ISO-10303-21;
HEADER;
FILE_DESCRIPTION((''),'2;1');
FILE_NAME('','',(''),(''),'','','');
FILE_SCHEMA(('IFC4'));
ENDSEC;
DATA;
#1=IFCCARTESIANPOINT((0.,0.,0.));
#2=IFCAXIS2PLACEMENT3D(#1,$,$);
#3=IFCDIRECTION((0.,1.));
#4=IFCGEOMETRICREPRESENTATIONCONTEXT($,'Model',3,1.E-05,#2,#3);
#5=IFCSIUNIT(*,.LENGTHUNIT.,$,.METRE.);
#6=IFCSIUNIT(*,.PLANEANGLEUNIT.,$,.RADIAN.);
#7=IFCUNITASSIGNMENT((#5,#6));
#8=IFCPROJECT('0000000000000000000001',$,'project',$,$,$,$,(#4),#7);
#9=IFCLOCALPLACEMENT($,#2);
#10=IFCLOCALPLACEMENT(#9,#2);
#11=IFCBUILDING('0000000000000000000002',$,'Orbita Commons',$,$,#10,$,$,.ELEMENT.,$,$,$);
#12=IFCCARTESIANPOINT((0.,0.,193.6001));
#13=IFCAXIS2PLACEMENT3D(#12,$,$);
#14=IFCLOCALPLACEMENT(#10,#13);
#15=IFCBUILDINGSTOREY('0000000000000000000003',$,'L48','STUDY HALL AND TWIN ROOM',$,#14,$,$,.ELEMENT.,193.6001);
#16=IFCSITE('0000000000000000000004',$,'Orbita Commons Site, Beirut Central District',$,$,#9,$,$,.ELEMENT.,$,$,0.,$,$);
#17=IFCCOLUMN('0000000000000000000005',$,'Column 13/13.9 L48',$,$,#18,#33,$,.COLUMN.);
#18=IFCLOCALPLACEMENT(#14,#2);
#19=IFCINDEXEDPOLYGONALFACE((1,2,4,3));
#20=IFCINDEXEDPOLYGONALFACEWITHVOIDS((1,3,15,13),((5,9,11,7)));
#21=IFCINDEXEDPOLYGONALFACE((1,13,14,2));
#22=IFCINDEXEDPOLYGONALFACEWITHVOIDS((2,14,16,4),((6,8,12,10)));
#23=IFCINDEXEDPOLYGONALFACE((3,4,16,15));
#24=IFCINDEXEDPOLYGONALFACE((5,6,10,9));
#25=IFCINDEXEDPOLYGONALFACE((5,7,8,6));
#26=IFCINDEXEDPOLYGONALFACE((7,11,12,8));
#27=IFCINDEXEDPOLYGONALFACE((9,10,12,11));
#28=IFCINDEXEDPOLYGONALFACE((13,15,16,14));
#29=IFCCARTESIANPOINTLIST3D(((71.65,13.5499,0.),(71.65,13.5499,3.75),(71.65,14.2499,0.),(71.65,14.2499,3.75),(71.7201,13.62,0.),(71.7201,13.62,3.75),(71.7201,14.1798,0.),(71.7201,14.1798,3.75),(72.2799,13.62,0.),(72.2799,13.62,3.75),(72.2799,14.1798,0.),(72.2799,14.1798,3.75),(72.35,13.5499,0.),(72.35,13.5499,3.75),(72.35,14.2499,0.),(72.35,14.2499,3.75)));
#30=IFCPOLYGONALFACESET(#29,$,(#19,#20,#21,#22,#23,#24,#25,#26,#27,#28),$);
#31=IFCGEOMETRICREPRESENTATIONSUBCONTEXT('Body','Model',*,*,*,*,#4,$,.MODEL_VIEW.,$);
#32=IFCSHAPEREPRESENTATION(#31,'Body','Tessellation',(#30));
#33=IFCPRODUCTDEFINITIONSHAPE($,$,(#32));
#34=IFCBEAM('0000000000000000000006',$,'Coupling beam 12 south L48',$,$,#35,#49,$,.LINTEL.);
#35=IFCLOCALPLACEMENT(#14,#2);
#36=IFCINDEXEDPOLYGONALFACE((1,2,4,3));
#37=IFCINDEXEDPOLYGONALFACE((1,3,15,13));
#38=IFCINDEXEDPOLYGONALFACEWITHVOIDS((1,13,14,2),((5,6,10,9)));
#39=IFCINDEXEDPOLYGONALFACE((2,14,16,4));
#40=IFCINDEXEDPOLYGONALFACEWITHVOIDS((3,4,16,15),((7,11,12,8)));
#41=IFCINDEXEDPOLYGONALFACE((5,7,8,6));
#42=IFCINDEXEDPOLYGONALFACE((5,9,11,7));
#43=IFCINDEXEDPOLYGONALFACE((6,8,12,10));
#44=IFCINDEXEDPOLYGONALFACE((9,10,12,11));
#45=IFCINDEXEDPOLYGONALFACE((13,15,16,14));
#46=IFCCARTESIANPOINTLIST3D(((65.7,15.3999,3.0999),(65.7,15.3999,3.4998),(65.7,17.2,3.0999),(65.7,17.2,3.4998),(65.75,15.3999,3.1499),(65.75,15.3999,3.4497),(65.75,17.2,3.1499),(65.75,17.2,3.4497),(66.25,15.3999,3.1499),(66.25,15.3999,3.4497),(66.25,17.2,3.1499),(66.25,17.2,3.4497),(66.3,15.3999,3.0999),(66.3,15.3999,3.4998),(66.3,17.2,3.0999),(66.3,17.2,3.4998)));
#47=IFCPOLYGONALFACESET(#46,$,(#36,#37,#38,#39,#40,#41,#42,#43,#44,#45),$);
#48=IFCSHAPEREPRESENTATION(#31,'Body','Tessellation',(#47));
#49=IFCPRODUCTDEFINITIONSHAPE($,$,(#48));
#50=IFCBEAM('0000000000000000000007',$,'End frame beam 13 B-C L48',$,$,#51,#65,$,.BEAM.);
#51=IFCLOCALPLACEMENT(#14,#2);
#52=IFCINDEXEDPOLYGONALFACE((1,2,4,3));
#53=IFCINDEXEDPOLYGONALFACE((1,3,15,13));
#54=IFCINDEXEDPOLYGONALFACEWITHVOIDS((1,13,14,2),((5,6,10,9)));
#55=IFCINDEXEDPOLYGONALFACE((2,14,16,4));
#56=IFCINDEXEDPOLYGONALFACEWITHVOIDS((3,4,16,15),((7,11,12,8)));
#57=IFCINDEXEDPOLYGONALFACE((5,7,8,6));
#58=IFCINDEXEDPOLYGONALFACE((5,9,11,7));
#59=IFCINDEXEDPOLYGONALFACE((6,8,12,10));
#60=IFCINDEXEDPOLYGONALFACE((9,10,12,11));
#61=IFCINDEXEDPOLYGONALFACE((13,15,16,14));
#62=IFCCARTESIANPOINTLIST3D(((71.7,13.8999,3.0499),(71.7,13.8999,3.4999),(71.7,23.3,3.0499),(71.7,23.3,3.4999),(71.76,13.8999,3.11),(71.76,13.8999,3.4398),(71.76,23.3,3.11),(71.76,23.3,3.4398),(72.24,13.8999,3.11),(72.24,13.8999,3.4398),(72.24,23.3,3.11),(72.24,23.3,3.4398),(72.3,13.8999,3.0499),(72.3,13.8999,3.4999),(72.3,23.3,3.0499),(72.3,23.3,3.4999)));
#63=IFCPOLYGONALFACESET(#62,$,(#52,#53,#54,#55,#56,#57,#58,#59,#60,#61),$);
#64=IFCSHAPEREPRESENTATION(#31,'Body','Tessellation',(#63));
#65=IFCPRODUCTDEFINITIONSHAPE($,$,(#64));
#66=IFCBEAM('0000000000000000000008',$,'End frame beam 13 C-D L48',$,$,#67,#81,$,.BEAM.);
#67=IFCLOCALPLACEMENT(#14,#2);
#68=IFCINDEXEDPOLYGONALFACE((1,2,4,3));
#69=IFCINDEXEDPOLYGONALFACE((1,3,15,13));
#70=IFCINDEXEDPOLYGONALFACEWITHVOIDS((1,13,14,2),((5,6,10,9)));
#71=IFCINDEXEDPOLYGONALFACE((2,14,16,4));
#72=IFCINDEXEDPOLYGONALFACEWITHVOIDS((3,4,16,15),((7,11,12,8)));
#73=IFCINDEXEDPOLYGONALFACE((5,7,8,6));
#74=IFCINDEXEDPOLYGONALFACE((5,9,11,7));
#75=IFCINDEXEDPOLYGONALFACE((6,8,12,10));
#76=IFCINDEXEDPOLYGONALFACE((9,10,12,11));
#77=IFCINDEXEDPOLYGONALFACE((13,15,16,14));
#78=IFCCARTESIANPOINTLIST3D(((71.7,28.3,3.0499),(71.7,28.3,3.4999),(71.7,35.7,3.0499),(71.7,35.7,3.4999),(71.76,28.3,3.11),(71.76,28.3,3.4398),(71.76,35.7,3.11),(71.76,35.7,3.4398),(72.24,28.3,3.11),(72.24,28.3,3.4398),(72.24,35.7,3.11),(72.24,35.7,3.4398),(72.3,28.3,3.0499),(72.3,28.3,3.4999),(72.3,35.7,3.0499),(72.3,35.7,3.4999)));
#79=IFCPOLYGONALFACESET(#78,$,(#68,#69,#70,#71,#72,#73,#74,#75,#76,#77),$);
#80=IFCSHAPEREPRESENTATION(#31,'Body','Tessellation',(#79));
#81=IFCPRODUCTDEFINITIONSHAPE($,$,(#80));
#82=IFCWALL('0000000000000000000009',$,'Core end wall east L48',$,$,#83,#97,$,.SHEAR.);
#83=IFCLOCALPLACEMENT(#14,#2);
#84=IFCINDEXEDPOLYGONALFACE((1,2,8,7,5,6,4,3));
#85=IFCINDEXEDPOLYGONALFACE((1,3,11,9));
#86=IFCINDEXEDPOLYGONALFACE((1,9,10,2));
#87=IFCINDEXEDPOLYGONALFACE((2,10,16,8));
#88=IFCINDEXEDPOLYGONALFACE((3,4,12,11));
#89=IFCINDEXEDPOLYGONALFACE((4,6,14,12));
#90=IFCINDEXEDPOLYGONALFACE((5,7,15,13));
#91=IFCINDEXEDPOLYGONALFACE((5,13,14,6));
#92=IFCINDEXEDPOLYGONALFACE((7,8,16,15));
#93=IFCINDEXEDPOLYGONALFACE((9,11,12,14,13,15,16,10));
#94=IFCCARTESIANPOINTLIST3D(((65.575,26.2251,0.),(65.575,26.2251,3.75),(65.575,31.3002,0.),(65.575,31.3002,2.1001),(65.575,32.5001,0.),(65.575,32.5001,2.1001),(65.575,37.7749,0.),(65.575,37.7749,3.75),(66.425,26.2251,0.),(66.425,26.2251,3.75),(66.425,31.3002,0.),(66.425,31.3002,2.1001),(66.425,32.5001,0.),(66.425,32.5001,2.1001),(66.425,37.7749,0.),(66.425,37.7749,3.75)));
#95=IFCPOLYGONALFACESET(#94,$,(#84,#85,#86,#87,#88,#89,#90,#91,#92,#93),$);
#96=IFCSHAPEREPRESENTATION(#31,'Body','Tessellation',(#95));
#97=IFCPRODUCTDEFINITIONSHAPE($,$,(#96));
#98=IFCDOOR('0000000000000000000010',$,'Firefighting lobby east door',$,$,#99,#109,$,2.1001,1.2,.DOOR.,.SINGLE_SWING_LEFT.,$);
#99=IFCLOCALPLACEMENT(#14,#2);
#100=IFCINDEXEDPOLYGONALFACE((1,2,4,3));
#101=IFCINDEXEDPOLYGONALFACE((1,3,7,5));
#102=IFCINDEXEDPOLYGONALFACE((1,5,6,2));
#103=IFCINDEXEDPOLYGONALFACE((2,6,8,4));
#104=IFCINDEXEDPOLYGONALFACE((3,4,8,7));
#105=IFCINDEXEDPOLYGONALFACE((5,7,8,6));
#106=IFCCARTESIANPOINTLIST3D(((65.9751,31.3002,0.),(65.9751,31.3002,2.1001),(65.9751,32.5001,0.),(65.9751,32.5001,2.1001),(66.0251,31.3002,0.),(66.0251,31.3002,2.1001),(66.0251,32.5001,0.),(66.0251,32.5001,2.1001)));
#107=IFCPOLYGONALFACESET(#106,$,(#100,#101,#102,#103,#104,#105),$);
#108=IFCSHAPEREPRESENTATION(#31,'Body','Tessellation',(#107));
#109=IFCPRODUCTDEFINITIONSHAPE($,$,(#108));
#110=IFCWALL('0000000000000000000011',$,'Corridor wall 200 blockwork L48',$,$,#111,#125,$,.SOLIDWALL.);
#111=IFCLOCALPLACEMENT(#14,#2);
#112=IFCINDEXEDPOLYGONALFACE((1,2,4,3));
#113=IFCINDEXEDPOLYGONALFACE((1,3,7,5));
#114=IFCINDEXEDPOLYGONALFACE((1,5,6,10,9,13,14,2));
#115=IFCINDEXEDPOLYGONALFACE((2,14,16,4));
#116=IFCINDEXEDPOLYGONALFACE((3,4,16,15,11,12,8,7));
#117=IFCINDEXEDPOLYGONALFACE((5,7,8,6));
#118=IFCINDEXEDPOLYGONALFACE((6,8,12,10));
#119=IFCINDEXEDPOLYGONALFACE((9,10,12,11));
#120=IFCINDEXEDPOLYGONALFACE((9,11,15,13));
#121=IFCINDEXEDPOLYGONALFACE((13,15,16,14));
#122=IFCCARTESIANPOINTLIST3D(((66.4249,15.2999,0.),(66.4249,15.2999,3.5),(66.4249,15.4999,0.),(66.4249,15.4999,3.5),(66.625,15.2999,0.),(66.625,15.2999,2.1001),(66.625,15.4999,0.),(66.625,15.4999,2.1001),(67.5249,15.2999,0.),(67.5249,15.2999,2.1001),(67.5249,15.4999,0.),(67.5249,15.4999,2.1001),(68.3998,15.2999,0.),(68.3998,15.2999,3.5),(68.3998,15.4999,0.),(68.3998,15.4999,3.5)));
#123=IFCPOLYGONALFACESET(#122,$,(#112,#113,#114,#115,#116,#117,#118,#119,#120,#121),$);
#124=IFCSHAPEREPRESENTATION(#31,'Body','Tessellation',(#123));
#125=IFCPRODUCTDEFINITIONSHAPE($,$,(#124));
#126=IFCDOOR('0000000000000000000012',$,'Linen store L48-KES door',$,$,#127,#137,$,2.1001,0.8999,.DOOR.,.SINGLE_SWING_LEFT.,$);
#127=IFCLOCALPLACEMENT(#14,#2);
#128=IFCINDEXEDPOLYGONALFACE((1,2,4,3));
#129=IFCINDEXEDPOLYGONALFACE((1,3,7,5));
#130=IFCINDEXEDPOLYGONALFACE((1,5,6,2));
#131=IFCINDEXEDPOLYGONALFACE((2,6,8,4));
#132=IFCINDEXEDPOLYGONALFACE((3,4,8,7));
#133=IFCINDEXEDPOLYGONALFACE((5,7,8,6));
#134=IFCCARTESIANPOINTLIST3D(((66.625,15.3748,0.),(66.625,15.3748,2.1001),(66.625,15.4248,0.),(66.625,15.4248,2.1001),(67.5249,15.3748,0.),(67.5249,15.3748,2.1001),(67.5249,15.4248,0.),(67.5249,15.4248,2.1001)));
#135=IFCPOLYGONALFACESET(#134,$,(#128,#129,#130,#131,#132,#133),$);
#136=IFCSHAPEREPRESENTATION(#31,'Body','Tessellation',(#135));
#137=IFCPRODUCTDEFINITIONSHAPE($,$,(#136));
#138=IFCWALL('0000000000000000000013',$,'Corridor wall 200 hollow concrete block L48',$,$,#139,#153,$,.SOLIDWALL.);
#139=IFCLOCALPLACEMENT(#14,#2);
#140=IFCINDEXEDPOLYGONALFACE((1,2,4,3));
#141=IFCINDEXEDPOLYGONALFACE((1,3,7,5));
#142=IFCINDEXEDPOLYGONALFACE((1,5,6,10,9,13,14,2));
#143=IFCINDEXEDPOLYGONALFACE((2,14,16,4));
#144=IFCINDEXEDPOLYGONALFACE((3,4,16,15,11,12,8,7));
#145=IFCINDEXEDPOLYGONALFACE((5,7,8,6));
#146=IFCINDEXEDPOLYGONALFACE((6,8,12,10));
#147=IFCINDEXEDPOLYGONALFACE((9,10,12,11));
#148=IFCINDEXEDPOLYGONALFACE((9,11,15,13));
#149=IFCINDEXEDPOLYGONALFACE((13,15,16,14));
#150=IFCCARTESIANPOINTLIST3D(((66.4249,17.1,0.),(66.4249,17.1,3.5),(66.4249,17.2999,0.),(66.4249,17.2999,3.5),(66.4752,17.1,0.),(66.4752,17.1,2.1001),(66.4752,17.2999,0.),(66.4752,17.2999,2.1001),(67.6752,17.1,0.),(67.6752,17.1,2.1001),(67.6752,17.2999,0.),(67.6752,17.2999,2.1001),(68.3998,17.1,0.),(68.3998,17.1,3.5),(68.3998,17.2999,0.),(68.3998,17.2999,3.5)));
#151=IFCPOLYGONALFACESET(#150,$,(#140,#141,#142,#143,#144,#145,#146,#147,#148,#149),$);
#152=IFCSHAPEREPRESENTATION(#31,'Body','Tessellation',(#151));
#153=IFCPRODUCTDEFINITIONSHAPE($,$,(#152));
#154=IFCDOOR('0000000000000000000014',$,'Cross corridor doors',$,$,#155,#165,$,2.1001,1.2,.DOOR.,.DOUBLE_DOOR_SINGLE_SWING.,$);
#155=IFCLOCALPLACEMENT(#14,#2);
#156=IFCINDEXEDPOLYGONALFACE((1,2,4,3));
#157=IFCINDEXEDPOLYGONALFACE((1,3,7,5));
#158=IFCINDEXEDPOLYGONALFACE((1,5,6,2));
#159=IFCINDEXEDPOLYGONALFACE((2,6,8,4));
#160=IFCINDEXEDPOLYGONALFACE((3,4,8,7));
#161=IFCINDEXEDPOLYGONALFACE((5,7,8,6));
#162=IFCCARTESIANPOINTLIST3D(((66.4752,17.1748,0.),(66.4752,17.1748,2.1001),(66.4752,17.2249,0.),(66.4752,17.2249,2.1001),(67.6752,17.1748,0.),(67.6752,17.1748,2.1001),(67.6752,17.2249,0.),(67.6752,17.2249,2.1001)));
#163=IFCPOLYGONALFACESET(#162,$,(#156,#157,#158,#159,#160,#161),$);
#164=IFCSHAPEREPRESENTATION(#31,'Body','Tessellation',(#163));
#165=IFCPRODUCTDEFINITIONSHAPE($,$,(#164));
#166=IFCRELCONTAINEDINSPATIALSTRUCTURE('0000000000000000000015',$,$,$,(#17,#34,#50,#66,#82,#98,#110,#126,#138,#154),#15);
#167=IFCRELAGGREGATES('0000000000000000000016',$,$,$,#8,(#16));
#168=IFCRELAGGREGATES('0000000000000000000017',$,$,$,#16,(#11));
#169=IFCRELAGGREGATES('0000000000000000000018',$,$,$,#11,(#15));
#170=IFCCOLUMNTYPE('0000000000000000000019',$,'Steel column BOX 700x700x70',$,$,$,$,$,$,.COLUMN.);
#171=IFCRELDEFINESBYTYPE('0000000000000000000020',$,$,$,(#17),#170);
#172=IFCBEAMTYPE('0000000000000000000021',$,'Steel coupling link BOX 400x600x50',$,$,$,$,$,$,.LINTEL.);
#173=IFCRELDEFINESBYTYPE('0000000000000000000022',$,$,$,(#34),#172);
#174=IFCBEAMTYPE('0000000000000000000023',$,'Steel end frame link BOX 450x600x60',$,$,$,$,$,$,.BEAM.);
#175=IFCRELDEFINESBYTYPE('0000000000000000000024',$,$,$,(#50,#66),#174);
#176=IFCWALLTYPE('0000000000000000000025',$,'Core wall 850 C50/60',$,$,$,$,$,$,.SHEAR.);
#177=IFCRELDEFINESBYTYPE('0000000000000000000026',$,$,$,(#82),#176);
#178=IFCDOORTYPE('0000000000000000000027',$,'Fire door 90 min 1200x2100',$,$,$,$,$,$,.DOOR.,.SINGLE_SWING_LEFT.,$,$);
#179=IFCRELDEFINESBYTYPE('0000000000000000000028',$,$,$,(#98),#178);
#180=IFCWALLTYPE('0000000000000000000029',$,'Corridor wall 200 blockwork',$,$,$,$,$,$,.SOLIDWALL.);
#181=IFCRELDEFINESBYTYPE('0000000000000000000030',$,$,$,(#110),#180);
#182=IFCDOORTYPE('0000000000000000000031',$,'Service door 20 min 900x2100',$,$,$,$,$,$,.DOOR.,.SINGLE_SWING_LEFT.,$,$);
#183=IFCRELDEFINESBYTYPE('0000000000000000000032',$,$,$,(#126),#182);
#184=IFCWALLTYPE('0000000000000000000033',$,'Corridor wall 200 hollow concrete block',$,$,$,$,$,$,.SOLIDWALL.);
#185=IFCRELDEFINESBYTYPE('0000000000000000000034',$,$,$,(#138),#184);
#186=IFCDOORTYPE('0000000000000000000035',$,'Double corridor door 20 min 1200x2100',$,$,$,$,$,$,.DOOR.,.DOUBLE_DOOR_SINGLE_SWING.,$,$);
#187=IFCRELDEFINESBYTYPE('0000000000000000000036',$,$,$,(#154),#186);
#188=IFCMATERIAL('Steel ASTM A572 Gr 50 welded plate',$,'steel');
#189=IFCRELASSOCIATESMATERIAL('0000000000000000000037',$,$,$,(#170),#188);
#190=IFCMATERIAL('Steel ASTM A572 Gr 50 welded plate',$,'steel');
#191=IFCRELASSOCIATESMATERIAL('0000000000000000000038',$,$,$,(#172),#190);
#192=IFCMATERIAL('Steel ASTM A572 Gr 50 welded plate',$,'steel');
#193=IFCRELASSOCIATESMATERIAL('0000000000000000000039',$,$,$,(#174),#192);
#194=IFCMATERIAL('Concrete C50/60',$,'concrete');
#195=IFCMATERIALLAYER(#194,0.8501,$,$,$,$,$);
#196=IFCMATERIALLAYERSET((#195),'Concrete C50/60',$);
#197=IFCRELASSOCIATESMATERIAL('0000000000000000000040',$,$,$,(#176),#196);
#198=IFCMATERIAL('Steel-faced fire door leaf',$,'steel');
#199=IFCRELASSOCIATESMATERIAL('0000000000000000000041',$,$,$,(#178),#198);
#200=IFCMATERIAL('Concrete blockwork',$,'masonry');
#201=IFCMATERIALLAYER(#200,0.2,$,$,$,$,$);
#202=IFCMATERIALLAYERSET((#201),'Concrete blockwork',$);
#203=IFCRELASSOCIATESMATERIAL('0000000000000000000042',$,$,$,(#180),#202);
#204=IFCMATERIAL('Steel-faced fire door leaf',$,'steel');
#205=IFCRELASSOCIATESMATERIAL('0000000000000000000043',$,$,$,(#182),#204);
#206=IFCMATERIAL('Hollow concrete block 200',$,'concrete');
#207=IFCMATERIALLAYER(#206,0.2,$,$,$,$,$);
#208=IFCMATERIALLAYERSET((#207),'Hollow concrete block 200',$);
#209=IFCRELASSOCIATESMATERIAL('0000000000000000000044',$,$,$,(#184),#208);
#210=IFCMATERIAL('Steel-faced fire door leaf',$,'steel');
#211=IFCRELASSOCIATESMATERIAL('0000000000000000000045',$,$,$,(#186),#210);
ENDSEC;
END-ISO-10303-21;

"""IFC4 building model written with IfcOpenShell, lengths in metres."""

from ifc_helpers import new_model, si_unit, direction, frame, frame_2d, origin, origin_2d, place, context, subcontext, project, spatial, rectangle, hollow_rectangle, extrude, material, layer, layer_set, material_profile, profile_set, type_object, element, fill, save


model = new_model("IFC4")

# Units and contexts
model_context = context("Model", 3, precision=1e-05, world=origin(), true_north=direction((0.0, 1.0)))
body_context = subcontext(model_context, "Body", "Model", "MODEL_VIEW")
ifc_project = project(units=[si_unit("LENGTHUNIT", "METRE"), si_unit("PLANEANGLEUNIT", "RADIAN")], contexts=[model_context])

# Site, building, storey
site_placement = place(None, origin())
site = spatial("IfcSite", under=ifc_project, at=site_placement, Name="Orbita Commons Site, Beirut Central District", CompositionType="ELEMENT", RefElevation=0.0)
building_placement = place(site_placement, origin())
building = spatial("IfcBuilding", under=site, at=building_placement, Name="Orbita Commons", CompositionType="ELEMENT")
storey_placement = place(building_placement, frame((0.0, 0.0, 193.6001)))
storey = spatial("IfcBuildingStorey", under=building, at=storey_placement, Name="L48", Description="STUDY HALL AND TWIN ROOM", CompositionType="ELEMENT", Elevation=193.6001)

# Column
ifc_material_1 = material(Name="Steel ASTM A572 Gr 50 welded plate", Category="steel")
ifc_material_profile_1 = material_profile(ifc_material_1, hollow_rectangle(XDim=0.7, YDim=0.7, WallThickness=0.0701, at=origin_2d()), Name="BOX 700x700x70")
ifc_profile_set_1 = profile_set([ifc_material_profile_1], Name="Steel ASTM A572 Gr 50 welded plate")
column_type = type_object("IfcColumnType", Name="Steel column BOX 700x700x70", PredefinedType="COLUMN", material=ifc_profile_set_1)
column_placement = place(storey_placement, frame((72.0, 13.8999, 0.0), z_axis=(0.0, 0.0, 1.0), x_axis=(1.0, 0.0, 0.0)))
element("IfcColumn", 1, at=column_placement, inside=storey, type_object=column_type, Name="Column 13/13.9 L48", PredefinedType="COLUMN", context=body_context, shape_type="SweptSolid", body=[
    extrude(hollow_rectangle(XDim=0.7, YDim=0.7, WallThickness=0.0701, at=origin_2d()), origin(), (0.0, 0.0, 1.0), 3.75),
])

# Beams
ifc_material_2 = material(Name="Steel ASTM A572 Gr 50 welded plate", Category="steel")
ifc_material_profile_2 = material_profile(ifc_material_2, hollow_rectangle(XDim=0.6001, YDim=0.3999, WallThickness=0.05, at=origin_2d()), Name="BOX 400x600x50")
ifc_profile_set_2 = profile_set([ifc_material_profile_2], Name="Steel ASTM A572 Gr 50 welded plate")
beam_type_1 = type_object("IfcBeamType", Name="Steel coupling link BOX 400x600x50", PredefinedType="LINTEL", material=ifc_profile_set_2)
beam_1_placement = place(storey_placement, frame((66.0, 15.3999, 3.2998), z_axis=(0.0, 1.0, 0.0), x_axis=(-1.0, 0.0, 0.0)))
element("IfcBeam", 2, at=beam_1_placement, inside=storey, type_object=beam_type_1, Name="Coupling beam 12 south L48", PredefinedType="LINTEL", context=body_context, shape_type="SweptSolid", body=[
    extrude(hollow_rectangle(XDim=0.6001, YDim=0.3999, WallThickness=0.05, at=origin_2d()), origin(), (0.0, 0.0, 1.0), 1.8),
])
ifc_material_3 = material(Name="Steel ASTM A572 Gr 50 welded plate", Category="steel")
ifc_material_profile_3 = material_profile(ifc_material_3, hollow_rectangle(XDim=0.6001, YDim=0.45, WallThickness=0.0601, at=origin_2d()), Name="BOX 450x600x60")
ifc_profile_set_3 = profile_set([ifc_material_profile_3], Name="Steel ASTM A572 Gr 50 welded plate")
beam_type_2 = type_object("IfcBeamType", Name="Steel end frame link BOX 450x600x60", PredefinedType="BEAM", material=ifc_profile_set_3)
beam_2_placement = place(storey_placement, frame((72.0, 13.8999, 3.2749), z_axis=(0.0, 1.0, 0.0), x_axis=(-1.0, 0.0, 0.0)))
element("IfcBeam", 3, at=beam_2_placement, inside=storey, type_object=beam_type_2, Name="End frame beam 13 B-C L48", PredefinedType="BEAM", context=body_context, shape_type="SweptSolid", body=[
    extrude(hollow_rectangle(XDim=0.6001, YDim=0.45, WallThickness=0.0601, at=origin_2d()), origin(), (0.0, 0.0, 1.0), 9.4001),
])
beam_3_placement = place(storey_placement, frame((72.0, 28.3, 3.2749), z_axis=(0.0, 1.0, 0.0), x_axis=(-1.0, 0.0, 0.0)))
element("IfcBeam", 4, at=beam_3_placement, inside=storey, type_object=beam_type_2, Name="End frame beam 13 C-D L48", PredefinedType="BEAM", context=body_context, shape_type="SweptSolid", body=[
    extrude(hollow_rectangle(XDim=0.6001, YDim=0.45, WallThickness=0.0601, at=origin_2d()), origin(), (0.0, 0.0, 1.0), 7.3999),
])

# Walls, openings, doors
ifc_material_4 = material(Name="Concrete C50/60", Category="concrete")
ifc_layer_1 = layer(ifc_material_4, 0.8501)
ifc_layer_set_1 = layer_set([ifc_layer_1], Name="Concrete C50/60")
wall_type_1 = type_object("IfcWallType", Name="Core wall 850 C50/60", PredefinedType="SHEAR", material=ifc_layer_set_1)
wall_1_placement = place(storey_placement, frame((66.0, 26.2251, 0.0), z_axis=(0.0, 0.0, 1.0), x_axis=(0.0, 1.0, 0.0)))
wall_1 = element("IfcWall", 5, at=wall_1_placement, inside=storey, type_object=wall_type_1, Name="Core end wall east L48", PredefinedType="SHEAR", context=body_context, shape_type="SweptSolid", body=[
    extrude(rectangle(XDim=11.5498, YDim=0.8501, at=frame_2d((5.7749, 0.0))), origin(), (0.0, 0.0, 1.0), 3.75),
])
opening_1_placement = place(wall_1_placement, frame((5.075, 0.0, 0.0)))
opening_1 = element("IfcOpeningElement", 6, at=opening_1_placement, cuts=wall_1, PredefinedType="OPENING", context=body_context, shape_type="SweptSolid", body=[
    extrude(rectangle(XDim=1.2, YDim=2.1001, at=frame_2d((0.6001, 1.05))), frame((0.0, 0.4351, 0.0), z_axis=(0.0, -1.0, 0.0), x_axis=(1.0, 0.0, 0.0)), (0.0, 0.0, 1.0), 0.8701),
])
ifc_material_5 = material(Name="Steel-faced fire door leaf", Category="steel")
door_type_1 = type_object("IfcDoorType", Name="Fire door 90 min 1200x2100", OperationType="SINGLE_SWING_LEFT", PredefinedType="DOOR", material=ifc_material_5)
door_1_placement = place(opening_1_placement, origin())
door_1 = element("IfcDoor", 7, at=door_1_placement, inside=storey, type_object=door_type_1, Name="Firefighting lobby east door", OperationType="SINGLE_SWING_LEFT", OverallHeight=2.1001, OverallWidth=1.2, PredefinedType="DOOR", context=body_context, shape_type="SweptSolid", body=[
    extrude(rectangle(XDim=1.2, YDim=2.1001, at=frame_2d((0.6001, 1.05))), frame((0.0, 0.0249, 0.0), z_axis=(0.0, -1.0, 0.0), x_axis=(1.0, 0.0, 0.0)), (0.0, 0.0, 1.0), 0.05),
])
fill(opening_1, door_1)
ifc_material_6 = material(Name="Concrete blockwork", Category="masonry")
ifc_layer_2 = layer(ifc_material_6, 0.2)
ifc_layer_set_2 = layer_set([ifc_layer_2], Name="Concrete blockwork")
wall_type_2 = type_object("IfcWallType", Name="Corridor wall 200 blockwork", PredefinedType="SOLIDWALL", material=ifc_layer_set_2)
wall_2_placement = place(storey_placement, frame((66.425, 15.3999, 0.0), z_axis=(0.0, 0.0, 1.0), x_axis=(1.0, 0.0, 0.0)))
wall_2 = element("IfcWall", 8, at=wall_2_placement, inside=storey, type_object=wall_type_2, Name="Corridor wall 200 blockwork L48", PredefinedType="SOLIDWALL", context=body_context, shape_type="SweptSolid", body=[
    extrude(rectangle(XDim=1.9749, YDim=0.2, at=frame_2d((0.9873, 0.0))), origin(), (0.0, 0.0, 1.0), 3.5),
])
opening_2_placement = place(wall_2_placement, frame((0.2, 0.0, 0.0)))
opening_2 = element("IfcOpeningElement", 9, at=opening_2_placement, cuts=wall_2, PredefinedType="OPENING", context=body_context, shape_type="SweptSolid", body=[
    extrude(rectangle(XDim=0.8999, YDim=2.1001, at=frame_2d((0.45, 1.05))), frame((0.0, 0.1099, 0.0), z_axis=(0.0, -1.0, 0.0), x_axis=(1.0, 0.0, 0.0)), (0.0, 0.0, 1.0), 0.22),
])
ifc_material_7 = material(Name="Steel-faced fire door leaf", Category="steel")
door_type_2 = type_object("IfcDoorType", Name="Service door 20 min 900x2100", OperationType="SINGLE_SWING_LEFT", PredefinedType="DOOR", material=ifc_material_7)
door_2_placement = place(opening_2_placement, origin())
door_2 = element("IfcDoor", 10, at=door_2_placement, inside=storey, type_object=door_type_2, Name="Linen store L48-KES door", OperationType="SINGLE_SWING_LEFT", OverallHeight=2.1001, OverallWidth=0.8999, PredefinedType="DOOR", context=body_context, shape_type="SweptSolid", body=[
    extrude(rectangle(XDim=0.8999, YDim=2.1001, at=frame_2d((0.45, 1.05))), frame((0.0, 0.0249, 0.0), z_axis=(0.0, -1.0, 0.0), x_axis=(1.0, 0.0, 0.0)), (0.0, 0.0, 1.0), 0.05),
])
fill(opening_2, door_2)
ifc_material_8 = material(Name="Hollow concrete block 200", Category="concrete")
ifc_layer_3 = layer(ifc_material_8, 0.2)
ifc_layer_set_3 = layer_set([ifc_layer_3], Name="Hollow concrete block 200")
wall_type_3 = type_object("IfcWallType", Name="Corridor wall 200 hollow concrete block", PredefinedType="SOLIDWALL", material=ifc_layer_set_3)
wall_3_placement = place(storey_placement, frame((66.425, 17.2, 0.0), z_axis=(0.0, 0.0, 1.0), x_axis=(1.0, 0.0, 0.0)))
wall_3 = element("IfcWall", 11, at=wall_3_placement, inside=storey, type_object=wall_type_3, Name="Corridor wall 200 hollow concrete block L48", PredefinedType="SOLIDWALL", context=body_context, shape_type="SweptSolid", body=[
    extrude(rectangle(XDim=1.9749, YDim=0.2, at=frame_2d((0.9873, 0.0))), origin(), (0.0, 0.0, 1.0), 3.5),
])
opening_3_placement = place(wall_3_placement, frame((0.05, 0.0, 0.0)))
opening_3 = element("IfcOpeningElement", 12, at=opening_3_placement, cuts=wall_3, PredefinedType="OPENING", context=body_context, shape_type="SweptSolid", body=[
    extrude(rectangle(XDim=1.2, YDim=2.1001, at=frame_2d((0.6001, 1.05))), frame((0.0, 0.1099, 0.0), z_axis=(0.0, -1.0, 0.0), x_axis=(1.0, 0.0, 0.0)), (0.0, 0.0, 1.0), 0.22),
])
ifc_material_9 = material(Name="Steel-faced fire door leaf", Category="steel")
door_type_3 = type_object("IfcDoorType", Name="Double corridor door 20 min 1200x2100", OperationType="DOUBLE_DOOR_SINGLE_SWING", PredefinedType="DOOR", material=ifc_material_9)
door_3_placement = place(opening_3_placement, origin())
door_3 = element("IfcDoor", 13, at=door_3_placement, inside=storey, type_object=door_type_3, Name="Cross corridor doors", OperationType="DOUBLE_DOOR_SINGLE_SWING", OverallHeight=2.1001, OverallWidth=1.2, PredefinedType="DOOR", context=body_context, shape_type="SweptSolid", body=[
    extrude(rectangle(XDim=1.2, YDim=2.1001, at=frame_2d((0.6001, 1.05))), frame((0.0, 0.0249, 0.0), z_axis=(0.0, -1.0, 0.0), x_axis=(1.0, 0.0, 0.0)), (0.0, 0.0, 1.0), 0.05),
])
fill(opening_3, door_3)

save(model, "model.ifc")
